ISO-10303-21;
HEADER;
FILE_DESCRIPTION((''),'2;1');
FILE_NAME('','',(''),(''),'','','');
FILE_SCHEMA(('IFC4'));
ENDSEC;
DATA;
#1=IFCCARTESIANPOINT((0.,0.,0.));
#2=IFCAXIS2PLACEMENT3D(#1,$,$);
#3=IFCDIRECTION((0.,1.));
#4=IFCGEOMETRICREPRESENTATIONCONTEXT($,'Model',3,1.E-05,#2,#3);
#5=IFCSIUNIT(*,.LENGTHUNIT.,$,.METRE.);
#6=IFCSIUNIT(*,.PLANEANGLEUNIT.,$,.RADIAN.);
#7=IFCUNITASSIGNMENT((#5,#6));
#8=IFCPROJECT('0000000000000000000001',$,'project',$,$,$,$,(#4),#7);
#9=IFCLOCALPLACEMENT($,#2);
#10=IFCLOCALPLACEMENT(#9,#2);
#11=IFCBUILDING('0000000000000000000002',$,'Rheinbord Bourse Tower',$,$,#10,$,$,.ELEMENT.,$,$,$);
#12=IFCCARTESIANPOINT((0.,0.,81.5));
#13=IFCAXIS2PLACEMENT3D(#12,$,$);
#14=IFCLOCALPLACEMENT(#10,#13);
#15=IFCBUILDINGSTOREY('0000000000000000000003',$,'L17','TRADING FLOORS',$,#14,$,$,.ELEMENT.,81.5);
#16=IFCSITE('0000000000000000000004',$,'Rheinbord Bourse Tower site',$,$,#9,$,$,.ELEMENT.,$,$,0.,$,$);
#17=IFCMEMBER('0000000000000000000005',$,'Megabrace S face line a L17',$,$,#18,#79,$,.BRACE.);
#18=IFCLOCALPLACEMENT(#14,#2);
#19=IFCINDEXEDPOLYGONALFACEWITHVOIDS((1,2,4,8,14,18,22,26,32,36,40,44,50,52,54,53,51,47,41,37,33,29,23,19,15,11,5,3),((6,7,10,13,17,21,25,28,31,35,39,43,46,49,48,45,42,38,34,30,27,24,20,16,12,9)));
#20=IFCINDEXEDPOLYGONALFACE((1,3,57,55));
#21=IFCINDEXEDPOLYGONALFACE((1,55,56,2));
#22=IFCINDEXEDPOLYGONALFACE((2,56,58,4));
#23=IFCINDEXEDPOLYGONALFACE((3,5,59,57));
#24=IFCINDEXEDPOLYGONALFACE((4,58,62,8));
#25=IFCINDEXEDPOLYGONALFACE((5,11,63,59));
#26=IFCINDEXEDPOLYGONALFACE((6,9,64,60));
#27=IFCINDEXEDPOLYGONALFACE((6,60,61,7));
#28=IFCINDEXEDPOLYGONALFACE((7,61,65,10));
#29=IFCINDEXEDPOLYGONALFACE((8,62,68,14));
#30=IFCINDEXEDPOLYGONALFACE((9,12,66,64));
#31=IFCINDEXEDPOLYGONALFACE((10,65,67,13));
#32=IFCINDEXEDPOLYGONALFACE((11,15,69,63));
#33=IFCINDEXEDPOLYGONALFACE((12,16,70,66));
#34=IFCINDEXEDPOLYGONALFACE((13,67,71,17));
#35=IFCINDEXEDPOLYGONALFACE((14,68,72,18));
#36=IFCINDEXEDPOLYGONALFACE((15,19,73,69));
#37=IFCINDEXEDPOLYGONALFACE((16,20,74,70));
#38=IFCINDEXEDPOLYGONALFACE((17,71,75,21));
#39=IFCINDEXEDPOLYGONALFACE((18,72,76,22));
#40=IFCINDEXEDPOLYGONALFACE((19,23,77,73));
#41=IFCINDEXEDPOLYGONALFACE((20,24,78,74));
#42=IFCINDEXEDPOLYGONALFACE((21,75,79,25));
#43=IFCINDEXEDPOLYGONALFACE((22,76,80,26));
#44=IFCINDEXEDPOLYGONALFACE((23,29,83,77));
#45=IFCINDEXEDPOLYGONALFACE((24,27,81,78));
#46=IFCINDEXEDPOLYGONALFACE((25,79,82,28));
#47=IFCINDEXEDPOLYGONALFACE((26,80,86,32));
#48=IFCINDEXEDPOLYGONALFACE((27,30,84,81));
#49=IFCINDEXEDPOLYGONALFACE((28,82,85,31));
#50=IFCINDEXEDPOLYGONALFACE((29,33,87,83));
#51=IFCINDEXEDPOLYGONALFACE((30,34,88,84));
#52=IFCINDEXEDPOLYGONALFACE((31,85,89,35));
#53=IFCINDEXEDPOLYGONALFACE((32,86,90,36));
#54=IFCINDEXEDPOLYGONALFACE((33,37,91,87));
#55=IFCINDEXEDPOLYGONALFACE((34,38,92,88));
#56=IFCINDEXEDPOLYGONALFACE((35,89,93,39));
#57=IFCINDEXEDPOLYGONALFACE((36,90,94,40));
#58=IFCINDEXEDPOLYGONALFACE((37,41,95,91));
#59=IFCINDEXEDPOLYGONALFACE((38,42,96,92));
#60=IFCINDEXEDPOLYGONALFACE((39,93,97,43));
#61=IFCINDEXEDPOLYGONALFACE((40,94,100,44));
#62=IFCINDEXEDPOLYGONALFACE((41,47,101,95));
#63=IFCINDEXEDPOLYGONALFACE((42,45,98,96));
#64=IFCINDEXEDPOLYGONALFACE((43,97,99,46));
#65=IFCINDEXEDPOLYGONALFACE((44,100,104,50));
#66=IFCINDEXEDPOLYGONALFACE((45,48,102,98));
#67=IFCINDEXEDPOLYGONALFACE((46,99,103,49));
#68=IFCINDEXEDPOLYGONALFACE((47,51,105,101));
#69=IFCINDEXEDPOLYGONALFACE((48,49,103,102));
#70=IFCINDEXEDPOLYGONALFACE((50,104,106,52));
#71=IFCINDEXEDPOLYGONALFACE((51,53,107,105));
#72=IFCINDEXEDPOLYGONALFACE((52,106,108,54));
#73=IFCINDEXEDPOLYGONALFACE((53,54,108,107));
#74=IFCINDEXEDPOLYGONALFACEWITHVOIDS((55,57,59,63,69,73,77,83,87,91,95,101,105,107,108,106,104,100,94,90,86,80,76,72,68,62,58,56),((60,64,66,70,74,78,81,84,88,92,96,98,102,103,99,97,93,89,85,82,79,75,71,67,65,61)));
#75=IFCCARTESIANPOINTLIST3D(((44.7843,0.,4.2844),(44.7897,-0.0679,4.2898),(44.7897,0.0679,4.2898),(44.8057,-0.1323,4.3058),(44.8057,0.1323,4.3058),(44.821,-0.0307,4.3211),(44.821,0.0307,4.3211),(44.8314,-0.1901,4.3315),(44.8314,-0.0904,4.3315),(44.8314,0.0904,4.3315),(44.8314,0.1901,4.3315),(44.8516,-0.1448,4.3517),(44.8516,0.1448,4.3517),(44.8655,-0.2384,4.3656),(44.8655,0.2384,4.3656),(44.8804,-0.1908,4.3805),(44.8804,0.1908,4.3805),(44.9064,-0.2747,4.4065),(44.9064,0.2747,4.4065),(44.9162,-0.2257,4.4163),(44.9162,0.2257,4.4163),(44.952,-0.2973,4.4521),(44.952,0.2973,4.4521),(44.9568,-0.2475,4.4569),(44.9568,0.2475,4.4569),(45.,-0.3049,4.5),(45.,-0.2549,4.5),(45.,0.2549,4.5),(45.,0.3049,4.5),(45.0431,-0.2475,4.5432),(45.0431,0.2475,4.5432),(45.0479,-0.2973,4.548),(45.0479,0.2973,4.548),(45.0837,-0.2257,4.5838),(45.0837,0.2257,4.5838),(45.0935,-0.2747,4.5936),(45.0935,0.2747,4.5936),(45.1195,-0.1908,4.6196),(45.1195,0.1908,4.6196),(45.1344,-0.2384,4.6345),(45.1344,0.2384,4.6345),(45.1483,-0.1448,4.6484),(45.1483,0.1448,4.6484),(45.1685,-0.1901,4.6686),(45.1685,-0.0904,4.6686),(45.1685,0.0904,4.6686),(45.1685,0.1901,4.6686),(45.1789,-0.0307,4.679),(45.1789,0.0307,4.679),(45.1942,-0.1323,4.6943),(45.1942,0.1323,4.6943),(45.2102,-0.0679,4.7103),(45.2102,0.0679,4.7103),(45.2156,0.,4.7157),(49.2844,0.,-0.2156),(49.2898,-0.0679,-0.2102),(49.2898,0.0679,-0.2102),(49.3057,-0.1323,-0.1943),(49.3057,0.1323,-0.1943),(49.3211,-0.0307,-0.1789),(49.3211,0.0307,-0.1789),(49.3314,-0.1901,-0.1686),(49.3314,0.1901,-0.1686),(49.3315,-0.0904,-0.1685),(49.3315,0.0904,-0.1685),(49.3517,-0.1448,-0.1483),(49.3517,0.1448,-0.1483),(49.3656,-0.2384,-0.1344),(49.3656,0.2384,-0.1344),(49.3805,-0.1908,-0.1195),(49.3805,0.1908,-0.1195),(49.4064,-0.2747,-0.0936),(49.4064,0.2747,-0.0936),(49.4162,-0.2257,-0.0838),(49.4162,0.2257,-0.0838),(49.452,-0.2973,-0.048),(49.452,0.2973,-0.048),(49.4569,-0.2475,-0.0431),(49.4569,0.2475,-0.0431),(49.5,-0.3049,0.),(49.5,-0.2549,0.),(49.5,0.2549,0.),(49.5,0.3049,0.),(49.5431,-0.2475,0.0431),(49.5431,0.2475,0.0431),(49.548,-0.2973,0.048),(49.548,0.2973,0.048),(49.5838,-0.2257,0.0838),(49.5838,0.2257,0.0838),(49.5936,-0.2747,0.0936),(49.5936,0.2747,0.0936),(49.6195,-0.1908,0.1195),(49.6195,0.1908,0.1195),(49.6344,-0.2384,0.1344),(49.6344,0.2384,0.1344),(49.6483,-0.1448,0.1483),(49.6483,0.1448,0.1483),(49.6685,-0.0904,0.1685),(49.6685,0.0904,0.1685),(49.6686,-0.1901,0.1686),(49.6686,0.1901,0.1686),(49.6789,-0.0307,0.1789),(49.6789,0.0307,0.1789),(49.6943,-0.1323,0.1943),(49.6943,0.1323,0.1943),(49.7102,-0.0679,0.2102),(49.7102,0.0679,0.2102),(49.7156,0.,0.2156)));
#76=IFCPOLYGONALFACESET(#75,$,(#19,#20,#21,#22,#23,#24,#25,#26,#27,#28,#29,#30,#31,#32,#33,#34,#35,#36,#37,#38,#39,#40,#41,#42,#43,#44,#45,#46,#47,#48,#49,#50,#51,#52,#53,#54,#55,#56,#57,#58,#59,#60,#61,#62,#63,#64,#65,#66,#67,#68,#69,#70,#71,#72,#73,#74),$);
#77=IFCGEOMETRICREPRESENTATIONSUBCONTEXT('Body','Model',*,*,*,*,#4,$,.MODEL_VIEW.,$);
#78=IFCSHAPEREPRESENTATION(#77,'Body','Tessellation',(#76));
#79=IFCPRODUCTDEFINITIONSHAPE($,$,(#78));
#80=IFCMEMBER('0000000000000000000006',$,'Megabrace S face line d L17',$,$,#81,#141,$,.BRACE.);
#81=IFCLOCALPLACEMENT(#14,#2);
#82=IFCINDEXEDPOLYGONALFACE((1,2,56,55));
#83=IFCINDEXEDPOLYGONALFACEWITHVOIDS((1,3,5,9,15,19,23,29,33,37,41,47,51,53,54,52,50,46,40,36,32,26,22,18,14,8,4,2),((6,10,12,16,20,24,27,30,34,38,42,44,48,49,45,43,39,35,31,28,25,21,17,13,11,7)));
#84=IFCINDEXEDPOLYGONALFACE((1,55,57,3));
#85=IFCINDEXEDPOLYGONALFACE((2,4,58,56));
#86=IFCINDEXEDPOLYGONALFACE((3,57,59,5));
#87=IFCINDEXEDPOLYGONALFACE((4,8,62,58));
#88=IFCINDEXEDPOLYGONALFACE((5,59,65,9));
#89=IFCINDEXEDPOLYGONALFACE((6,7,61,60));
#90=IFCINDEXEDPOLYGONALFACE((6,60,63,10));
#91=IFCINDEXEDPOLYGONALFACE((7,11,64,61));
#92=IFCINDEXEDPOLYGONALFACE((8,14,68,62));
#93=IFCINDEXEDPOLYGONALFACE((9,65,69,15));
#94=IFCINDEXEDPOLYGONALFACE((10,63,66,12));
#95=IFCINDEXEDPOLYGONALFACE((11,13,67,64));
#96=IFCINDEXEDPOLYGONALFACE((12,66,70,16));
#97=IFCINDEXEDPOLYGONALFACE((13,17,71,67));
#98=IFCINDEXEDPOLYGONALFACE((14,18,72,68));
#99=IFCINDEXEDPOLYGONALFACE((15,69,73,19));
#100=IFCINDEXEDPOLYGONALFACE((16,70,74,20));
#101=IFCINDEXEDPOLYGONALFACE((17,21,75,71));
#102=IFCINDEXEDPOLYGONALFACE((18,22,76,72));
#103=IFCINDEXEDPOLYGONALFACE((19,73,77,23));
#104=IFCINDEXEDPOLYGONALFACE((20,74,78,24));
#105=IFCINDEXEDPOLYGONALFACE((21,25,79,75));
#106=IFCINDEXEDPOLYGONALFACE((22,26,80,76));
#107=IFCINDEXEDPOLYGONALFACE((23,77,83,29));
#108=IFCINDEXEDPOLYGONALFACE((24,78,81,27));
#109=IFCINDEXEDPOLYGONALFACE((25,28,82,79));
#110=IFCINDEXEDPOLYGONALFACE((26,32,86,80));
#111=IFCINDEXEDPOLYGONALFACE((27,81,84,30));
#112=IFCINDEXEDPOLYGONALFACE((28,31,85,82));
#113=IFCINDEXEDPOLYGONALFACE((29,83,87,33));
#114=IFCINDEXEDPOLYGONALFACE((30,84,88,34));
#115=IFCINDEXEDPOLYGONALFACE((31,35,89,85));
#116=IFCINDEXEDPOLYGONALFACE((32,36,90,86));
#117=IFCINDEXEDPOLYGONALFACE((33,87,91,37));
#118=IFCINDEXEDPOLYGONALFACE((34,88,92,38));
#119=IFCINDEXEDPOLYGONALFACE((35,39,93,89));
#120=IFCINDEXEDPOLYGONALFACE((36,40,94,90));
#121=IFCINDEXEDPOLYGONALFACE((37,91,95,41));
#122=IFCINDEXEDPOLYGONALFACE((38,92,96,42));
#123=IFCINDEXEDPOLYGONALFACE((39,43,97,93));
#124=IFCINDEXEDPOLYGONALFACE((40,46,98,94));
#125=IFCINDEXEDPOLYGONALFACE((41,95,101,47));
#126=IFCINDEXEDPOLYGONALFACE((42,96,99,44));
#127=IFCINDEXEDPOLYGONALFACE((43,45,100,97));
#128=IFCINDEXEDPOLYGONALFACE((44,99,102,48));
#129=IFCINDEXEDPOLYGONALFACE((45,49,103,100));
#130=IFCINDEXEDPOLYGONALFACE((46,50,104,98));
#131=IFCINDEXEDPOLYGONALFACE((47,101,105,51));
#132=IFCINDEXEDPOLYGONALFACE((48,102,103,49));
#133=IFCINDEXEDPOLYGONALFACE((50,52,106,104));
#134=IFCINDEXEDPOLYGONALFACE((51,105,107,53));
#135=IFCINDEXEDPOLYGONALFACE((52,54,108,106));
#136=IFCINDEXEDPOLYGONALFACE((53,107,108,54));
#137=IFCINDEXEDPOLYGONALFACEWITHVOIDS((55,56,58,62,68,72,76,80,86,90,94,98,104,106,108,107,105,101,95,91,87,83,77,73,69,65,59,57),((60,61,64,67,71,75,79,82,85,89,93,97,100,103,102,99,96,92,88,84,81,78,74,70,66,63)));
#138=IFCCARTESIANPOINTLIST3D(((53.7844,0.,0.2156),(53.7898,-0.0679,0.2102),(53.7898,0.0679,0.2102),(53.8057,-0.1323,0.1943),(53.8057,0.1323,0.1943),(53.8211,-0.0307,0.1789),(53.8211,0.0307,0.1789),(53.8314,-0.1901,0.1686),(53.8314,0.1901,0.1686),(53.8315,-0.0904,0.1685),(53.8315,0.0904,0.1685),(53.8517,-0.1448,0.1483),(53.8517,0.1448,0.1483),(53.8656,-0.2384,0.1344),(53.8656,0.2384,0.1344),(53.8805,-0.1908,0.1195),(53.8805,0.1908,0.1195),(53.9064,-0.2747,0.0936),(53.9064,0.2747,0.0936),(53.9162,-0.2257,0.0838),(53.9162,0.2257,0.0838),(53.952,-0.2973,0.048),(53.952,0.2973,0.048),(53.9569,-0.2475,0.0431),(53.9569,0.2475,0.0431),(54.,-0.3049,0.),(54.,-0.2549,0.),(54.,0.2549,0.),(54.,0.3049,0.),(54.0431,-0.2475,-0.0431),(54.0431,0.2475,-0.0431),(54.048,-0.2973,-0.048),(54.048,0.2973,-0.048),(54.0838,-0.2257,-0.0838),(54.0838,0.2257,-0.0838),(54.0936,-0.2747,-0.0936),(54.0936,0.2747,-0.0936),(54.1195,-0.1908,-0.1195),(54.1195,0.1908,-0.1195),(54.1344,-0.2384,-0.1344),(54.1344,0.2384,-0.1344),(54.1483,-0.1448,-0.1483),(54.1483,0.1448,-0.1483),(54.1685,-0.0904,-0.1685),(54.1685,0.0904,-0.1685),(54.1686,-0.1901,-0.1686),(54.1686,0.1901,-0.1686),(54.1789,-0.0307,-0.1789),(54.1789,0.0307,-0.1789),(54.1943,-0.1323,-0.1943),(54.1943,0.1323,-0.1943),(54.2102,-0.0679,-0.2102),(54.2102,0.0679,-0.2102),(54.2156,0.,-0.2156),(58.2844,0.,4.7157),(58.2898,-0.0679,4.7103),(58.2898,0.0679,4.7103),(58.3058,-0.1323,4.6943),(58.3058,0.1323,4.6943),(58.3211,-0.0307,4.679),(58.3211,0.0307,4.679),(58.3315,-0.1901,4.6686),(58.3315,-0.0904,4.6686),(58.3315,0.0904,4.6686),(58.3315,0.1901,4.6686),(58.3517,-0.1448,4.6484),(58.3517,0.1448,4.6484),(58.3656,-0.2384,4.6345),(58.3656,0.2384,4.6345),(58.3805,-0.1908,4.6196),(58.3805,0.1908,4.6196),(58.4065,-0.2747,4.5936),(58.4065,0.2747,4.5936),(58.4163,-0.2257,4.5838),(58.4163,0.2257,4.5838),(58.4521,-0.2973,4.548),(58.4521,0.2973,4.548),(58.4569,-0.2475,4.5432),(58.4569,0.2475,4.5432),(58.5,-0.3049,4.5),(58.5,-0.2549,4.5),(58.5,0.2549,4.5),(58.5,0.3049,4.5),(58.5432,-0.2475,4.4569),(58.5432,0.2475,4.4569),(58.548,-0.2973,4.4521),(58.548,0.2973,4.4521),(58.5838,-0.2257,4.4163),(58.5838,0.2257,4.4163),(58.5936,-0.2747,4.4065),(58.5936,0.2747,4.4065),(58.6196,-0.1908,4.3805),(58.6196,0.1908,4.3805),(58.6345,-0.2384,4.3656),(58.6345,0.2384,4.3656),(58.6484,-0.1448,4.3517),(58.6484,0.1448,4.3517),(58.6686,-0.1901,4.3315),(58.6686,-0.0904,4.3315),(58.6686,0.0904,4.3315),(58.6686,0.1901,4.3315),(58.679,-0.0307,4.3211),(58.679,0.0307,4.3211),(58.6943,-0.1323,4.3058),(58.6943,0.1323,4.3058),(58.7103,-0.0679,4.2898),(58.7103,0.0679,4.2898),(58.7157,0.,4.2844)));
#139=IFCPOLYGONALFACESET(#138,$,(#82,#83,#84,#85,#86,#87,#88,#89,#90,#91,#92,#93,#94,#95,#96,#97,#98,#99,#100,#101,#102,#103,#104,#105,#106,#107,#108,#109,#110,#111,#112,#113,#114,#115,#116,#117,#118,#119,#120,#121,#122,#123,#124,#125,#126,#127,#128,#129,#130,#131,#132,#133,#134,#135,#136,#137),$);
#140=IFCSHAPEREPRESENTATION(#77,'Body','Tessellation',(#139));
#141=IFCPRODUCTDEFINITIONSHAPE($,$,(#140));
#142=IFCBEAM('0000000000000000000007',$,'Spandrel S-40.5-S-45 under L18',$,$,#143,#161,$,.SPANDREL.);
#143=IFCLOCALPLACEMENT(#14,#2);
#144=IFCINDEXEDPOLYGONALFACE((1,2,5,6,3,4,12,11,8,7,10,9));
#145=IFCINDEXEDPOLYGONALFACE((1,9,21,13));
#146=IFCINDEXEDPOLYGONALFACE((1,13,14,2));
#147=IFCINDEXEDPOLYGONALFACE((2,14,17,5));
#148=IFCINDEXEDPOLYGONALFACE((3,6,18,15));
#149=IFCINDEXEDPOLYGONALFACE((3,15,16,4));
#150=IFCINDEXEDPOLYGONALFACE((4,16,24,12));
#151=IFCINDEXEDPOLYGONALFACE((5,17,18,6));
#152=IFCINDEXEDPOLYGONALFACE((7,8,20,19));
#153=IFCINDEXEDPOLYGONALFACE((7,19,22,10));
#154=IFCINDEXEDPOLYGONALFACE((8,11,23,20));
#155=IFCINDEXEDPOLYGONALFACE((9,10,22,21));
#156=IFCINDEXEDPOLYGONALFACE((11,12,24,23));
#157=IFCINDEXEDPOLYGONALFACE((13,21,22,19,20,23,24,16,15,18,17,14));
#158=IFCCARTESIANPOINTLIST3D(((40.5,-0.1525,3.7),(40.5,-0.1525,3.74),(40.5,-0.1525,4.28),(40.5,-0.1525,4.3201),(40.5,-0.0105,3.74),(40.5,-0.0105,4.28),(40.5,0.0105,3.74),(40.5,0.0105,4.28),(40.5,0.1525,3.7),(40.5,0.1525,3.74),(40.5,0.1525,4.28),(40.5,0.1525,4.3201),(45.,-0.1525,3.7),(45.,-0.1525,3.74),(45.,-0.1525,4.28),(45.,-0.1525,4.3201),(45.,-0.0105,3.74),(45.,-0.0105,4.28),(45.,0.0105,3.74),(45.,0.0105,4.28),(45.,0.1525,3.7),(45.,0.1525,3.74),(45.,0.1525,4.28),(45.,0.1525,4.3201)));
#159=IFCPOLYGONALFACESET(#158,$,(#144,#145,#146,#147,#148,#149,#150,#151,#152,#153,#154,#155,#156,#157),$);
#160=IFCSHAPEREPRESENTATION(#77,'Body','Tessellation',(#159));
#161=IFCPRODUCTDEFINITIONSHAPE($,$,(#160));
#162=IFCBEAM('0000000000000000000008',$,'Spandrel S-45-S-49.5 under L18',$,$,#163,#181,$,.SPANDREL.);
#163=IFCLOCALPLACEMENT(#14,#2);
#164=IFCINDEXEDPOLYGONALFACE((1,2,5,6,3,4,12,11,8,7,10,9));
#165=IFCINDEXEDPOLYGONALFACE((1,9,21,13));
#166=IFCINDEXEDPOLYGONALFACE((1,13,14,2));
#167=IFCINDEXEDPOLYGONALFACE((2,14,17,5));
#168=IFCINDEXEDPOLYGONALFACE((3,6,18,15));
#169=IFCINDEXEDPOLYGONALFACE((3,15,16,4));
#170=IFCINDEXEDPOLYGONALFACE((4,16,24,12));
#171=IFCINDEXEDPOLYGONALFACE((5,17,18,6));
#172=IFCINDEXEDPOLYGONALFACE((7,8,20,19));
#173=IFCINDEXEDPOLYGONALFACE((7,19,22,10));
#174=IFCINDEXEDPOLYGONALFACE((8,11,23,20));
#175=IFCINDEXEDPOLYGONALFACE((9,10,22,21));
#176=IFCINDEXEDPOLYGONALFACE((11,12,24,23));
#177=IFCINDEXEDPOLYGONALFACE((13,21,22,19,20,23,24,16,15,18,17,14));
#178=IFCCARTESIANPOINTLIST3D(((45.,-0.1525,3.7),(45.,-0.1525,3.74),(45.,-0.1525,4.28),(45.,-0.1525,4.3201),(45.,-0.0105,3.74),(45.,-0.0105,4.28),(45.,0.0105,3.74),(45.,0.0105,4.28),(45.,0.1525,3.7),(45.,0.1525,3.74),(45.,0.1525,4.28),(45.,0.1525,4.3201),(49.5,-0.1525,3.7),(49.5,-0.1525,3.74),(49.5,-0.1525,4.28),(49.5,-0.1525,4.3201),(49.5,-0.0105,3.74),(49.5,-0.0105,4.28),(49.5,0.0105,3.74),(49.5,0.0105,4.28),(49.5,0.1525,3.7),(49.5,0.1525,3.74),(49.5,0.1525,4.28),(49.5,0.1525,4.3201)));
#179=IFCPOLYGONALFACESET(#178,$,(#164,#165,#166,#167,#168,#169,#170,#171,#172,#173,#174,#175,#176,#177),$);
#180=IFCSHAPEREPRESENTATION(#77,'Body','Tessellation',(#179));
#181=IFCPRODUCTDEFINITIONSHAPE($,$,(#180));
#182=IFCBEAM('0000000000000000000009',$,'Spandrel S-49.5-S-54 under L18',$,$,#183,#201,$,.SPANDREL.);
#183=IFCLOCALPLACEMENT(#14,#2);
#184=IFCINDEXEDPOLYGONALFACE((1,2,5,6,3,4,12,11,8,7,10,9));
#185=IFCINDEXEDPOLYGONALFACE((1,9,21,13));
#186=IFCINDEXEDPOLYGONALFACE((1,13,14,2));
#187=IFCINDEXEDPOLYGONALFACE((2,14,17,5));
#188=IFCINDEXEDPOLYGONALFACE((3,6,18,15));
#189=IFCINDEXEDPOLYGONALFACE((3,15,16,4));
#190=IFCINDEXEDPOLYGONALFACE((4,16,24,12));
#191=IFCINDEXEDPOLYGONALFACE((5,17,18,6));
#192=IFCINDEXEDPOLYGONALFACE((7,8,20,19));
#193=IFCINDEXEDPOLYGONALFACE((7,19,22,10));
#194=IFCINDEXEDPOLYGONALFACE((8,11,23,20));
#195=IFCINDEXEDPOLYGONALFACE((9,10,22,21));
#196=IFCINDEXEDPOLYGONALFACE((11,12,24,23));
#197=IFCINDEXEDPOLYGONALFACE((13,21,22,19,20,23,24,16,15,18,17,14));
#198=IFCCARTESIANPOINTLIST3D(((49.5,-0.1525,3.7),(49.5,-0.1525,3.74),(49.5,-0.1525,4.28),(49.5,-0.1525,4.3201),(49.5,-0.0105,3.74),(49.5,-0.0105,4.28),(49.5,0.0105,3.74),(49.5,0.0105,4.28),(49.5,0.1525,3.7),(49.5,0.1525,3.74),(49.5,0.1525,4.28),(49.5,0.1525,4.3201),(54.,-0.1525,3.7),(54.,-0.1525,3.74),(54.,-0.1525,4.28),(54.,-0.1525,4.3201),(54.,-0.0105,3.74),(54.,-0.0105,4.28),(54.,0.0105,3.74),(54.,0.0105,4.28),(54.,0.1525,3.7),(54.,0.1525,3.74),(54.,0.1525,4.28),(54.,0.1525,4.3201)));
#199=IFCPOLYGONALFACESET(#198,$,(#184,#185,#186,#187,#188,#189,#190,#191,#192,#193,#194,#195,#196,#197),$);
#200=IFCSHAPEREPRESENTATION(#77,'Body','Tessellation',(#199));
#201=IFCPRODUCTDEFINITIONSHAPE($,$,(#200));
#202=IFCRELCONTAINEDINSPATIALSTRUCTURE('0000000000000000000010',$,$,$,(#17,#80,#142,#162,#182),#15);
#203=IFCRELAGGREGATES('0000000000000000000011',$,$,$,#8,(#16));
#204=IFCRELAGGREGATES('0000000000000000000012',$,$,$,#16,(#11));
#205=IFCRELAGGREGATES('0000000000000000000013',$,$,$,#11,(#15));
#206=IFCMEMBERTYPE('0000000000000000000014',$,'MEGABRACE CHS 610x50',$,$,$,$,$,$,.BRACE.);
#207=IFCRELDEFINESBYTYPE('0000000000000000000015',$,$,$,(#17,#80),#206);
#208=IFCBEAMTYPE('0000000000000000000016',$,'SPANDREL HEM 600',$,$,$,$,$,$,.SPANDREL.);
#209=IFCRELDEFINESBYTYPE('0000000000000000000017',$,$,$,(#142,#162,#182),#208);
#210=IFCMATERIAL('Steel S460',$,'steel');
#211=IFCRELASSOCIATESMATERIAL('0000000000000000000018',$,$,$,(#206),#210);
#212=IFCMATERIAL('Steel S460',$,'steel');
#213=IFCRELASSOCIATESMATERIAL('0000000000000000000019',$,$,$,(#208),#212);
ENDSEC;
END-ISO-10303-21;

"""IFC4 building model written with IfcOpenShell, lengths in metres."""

from ifc_helpers import new_model, si_unit, direction, frame, origin, origin_2d, place, context, subcontext, project, spatial, hollow_circle, i_section, extrude, material, material_profile, profile_set, type_object, element, save


model = new_model("IFC4")

# Units and contexts
model_context = context("Model", 3, precision=1e-05, world=origin(), true_north=direction((0.0, 1.0)))
body_context = subcontext(model_context, "Body", "Model", "MODEL_VIEW")
ifc_project = project(units=[si_unit("LENGTHUNIT", "METRE"), si_unit("PLANEANGLEUNIT", "RADIAN")], contexts=[model_context])

# Site, building, storey
site_placement = place(None, origin())
site = spatial("IfcSite", under=ifc_project, at=site_placement, Name="Rheinbord Bourse Tower site", CompositionType="ELEMENT", RefElevation=0.0)
building_placement = place(site_placement, origin())
building = spatial("IfcBuilding", under=site, at=building_placement, Name="Rheinbord Bourse Tower", CompositionType="ELEMENT")
storey_placement = place(building_placement, frame((0.0, 0.0, 81.5)))
storey = spatial("IfcBuildingStorey", under=building, at=storey_placement, Name="L17", Description="TRADING FLOORS", CompositionType="ELEMENT", Elevation=81.5)

# Members
ifc_material_1 = material(Name="Steel S460", Category="steel")
ifc_material_profile_1 = material_profile(ifc_material_1, hollow_circle(Radius=0.3049, WallThickness=0.05, at=origin_2d()), Name="CHS 610x50")
ifc_profile_set_1 = profile_set([ifc_material_profile_1], Name="Steel S460")
member_type_1 = type_object("IfcMemberType", Name="MEGABRACE CHS 610x50", PredefinedType="BRACE", material=ifc_profile_set_1)
for number, where, z_axis, x_axis, name in (
    (1, (49.5, 0.0, 0.0), (-0.707107, 0.0, 0.707107), (0.0, -1.0, 0.0), "Megabrace S face line a L17"),
    (2, (54.0, 0.0, 0.0), (0.707107, 0.0, 0.707107), (0.0, 1.0, 0.0), "Megabrace S face line d L17"),
):
    element("IfcMember", number, at=place(storey_placement, frame(where, z_axis=z_axis, x_axis=x_axis)), inside=storey, type_object=member_type_1, Name=name, PredefinedType="BRACE", context=body_context, shape_type="SweptSolid", body=[
        extrude(hollow_circle(Radius=0.3049, WallThickness=0.05, at=origin_2d()), origin(), (0.0, 0.0, 1.0), 6.364),
    ])

# Beams
ifc_material_2 = material(Name="Steel S460", Category="steel")
ifc_material_profile_2 = material_profile(ifc_material_2, i_section(OverallWidth=0.3049, OverallDepth=0.6201, WebThickness=0.021, FlangeThickness=0.04, at=origin_2d()), Name="HEM 600")
ifc_profile_set_2 = profile_set([ifc_material_profile_2], Name="Steel S460")
beam_type_1 = type_object("IfcBeamType", Name="SPANDREL HEM 600", PredefinedType="SPANDREL", material=ifc_profile_set_2)
for number, where, z_axis, x_axis, name in (
    (3, (40.5, 0.0, 4.01), (1.0, 0.0, 0.0), (0.0, 1.0, 0.0), "Spandrel S-40.5-S-45 under L18"),
    (4, (45.0, 0.0, 4.01), (1.0, 0.0, 0.0), (0.0, 1.0, 0.0), "Spandrel S-45-S-49.5 under L18"),
    (5, (49.5, 0.0, 4.01), (1.0, 0.0, 0.0), (0.0, 1.0, 0.0), "Spandrel S-49.5-S-54 under L18"),
):
    element("IfcBeam", number, at=place(storey_placement, frame(where, z_axis=z_axis, x_axis=x_axis)), inside=storey, type_object=beam_type_1, Name=name, PredefinedType="SPANDREL", context=body_context, shape_type="SweptSolid", body=[
        extrude(i_section(OverallWidth=0.3049, OverallDepth=0.6201, WebThickness=0.021, FlangeThickness=0.04, at=origin_2d()), origin(), (0.0, 0.0, 1.0), 4.5),
    ])

save(model, "model.ifc")
